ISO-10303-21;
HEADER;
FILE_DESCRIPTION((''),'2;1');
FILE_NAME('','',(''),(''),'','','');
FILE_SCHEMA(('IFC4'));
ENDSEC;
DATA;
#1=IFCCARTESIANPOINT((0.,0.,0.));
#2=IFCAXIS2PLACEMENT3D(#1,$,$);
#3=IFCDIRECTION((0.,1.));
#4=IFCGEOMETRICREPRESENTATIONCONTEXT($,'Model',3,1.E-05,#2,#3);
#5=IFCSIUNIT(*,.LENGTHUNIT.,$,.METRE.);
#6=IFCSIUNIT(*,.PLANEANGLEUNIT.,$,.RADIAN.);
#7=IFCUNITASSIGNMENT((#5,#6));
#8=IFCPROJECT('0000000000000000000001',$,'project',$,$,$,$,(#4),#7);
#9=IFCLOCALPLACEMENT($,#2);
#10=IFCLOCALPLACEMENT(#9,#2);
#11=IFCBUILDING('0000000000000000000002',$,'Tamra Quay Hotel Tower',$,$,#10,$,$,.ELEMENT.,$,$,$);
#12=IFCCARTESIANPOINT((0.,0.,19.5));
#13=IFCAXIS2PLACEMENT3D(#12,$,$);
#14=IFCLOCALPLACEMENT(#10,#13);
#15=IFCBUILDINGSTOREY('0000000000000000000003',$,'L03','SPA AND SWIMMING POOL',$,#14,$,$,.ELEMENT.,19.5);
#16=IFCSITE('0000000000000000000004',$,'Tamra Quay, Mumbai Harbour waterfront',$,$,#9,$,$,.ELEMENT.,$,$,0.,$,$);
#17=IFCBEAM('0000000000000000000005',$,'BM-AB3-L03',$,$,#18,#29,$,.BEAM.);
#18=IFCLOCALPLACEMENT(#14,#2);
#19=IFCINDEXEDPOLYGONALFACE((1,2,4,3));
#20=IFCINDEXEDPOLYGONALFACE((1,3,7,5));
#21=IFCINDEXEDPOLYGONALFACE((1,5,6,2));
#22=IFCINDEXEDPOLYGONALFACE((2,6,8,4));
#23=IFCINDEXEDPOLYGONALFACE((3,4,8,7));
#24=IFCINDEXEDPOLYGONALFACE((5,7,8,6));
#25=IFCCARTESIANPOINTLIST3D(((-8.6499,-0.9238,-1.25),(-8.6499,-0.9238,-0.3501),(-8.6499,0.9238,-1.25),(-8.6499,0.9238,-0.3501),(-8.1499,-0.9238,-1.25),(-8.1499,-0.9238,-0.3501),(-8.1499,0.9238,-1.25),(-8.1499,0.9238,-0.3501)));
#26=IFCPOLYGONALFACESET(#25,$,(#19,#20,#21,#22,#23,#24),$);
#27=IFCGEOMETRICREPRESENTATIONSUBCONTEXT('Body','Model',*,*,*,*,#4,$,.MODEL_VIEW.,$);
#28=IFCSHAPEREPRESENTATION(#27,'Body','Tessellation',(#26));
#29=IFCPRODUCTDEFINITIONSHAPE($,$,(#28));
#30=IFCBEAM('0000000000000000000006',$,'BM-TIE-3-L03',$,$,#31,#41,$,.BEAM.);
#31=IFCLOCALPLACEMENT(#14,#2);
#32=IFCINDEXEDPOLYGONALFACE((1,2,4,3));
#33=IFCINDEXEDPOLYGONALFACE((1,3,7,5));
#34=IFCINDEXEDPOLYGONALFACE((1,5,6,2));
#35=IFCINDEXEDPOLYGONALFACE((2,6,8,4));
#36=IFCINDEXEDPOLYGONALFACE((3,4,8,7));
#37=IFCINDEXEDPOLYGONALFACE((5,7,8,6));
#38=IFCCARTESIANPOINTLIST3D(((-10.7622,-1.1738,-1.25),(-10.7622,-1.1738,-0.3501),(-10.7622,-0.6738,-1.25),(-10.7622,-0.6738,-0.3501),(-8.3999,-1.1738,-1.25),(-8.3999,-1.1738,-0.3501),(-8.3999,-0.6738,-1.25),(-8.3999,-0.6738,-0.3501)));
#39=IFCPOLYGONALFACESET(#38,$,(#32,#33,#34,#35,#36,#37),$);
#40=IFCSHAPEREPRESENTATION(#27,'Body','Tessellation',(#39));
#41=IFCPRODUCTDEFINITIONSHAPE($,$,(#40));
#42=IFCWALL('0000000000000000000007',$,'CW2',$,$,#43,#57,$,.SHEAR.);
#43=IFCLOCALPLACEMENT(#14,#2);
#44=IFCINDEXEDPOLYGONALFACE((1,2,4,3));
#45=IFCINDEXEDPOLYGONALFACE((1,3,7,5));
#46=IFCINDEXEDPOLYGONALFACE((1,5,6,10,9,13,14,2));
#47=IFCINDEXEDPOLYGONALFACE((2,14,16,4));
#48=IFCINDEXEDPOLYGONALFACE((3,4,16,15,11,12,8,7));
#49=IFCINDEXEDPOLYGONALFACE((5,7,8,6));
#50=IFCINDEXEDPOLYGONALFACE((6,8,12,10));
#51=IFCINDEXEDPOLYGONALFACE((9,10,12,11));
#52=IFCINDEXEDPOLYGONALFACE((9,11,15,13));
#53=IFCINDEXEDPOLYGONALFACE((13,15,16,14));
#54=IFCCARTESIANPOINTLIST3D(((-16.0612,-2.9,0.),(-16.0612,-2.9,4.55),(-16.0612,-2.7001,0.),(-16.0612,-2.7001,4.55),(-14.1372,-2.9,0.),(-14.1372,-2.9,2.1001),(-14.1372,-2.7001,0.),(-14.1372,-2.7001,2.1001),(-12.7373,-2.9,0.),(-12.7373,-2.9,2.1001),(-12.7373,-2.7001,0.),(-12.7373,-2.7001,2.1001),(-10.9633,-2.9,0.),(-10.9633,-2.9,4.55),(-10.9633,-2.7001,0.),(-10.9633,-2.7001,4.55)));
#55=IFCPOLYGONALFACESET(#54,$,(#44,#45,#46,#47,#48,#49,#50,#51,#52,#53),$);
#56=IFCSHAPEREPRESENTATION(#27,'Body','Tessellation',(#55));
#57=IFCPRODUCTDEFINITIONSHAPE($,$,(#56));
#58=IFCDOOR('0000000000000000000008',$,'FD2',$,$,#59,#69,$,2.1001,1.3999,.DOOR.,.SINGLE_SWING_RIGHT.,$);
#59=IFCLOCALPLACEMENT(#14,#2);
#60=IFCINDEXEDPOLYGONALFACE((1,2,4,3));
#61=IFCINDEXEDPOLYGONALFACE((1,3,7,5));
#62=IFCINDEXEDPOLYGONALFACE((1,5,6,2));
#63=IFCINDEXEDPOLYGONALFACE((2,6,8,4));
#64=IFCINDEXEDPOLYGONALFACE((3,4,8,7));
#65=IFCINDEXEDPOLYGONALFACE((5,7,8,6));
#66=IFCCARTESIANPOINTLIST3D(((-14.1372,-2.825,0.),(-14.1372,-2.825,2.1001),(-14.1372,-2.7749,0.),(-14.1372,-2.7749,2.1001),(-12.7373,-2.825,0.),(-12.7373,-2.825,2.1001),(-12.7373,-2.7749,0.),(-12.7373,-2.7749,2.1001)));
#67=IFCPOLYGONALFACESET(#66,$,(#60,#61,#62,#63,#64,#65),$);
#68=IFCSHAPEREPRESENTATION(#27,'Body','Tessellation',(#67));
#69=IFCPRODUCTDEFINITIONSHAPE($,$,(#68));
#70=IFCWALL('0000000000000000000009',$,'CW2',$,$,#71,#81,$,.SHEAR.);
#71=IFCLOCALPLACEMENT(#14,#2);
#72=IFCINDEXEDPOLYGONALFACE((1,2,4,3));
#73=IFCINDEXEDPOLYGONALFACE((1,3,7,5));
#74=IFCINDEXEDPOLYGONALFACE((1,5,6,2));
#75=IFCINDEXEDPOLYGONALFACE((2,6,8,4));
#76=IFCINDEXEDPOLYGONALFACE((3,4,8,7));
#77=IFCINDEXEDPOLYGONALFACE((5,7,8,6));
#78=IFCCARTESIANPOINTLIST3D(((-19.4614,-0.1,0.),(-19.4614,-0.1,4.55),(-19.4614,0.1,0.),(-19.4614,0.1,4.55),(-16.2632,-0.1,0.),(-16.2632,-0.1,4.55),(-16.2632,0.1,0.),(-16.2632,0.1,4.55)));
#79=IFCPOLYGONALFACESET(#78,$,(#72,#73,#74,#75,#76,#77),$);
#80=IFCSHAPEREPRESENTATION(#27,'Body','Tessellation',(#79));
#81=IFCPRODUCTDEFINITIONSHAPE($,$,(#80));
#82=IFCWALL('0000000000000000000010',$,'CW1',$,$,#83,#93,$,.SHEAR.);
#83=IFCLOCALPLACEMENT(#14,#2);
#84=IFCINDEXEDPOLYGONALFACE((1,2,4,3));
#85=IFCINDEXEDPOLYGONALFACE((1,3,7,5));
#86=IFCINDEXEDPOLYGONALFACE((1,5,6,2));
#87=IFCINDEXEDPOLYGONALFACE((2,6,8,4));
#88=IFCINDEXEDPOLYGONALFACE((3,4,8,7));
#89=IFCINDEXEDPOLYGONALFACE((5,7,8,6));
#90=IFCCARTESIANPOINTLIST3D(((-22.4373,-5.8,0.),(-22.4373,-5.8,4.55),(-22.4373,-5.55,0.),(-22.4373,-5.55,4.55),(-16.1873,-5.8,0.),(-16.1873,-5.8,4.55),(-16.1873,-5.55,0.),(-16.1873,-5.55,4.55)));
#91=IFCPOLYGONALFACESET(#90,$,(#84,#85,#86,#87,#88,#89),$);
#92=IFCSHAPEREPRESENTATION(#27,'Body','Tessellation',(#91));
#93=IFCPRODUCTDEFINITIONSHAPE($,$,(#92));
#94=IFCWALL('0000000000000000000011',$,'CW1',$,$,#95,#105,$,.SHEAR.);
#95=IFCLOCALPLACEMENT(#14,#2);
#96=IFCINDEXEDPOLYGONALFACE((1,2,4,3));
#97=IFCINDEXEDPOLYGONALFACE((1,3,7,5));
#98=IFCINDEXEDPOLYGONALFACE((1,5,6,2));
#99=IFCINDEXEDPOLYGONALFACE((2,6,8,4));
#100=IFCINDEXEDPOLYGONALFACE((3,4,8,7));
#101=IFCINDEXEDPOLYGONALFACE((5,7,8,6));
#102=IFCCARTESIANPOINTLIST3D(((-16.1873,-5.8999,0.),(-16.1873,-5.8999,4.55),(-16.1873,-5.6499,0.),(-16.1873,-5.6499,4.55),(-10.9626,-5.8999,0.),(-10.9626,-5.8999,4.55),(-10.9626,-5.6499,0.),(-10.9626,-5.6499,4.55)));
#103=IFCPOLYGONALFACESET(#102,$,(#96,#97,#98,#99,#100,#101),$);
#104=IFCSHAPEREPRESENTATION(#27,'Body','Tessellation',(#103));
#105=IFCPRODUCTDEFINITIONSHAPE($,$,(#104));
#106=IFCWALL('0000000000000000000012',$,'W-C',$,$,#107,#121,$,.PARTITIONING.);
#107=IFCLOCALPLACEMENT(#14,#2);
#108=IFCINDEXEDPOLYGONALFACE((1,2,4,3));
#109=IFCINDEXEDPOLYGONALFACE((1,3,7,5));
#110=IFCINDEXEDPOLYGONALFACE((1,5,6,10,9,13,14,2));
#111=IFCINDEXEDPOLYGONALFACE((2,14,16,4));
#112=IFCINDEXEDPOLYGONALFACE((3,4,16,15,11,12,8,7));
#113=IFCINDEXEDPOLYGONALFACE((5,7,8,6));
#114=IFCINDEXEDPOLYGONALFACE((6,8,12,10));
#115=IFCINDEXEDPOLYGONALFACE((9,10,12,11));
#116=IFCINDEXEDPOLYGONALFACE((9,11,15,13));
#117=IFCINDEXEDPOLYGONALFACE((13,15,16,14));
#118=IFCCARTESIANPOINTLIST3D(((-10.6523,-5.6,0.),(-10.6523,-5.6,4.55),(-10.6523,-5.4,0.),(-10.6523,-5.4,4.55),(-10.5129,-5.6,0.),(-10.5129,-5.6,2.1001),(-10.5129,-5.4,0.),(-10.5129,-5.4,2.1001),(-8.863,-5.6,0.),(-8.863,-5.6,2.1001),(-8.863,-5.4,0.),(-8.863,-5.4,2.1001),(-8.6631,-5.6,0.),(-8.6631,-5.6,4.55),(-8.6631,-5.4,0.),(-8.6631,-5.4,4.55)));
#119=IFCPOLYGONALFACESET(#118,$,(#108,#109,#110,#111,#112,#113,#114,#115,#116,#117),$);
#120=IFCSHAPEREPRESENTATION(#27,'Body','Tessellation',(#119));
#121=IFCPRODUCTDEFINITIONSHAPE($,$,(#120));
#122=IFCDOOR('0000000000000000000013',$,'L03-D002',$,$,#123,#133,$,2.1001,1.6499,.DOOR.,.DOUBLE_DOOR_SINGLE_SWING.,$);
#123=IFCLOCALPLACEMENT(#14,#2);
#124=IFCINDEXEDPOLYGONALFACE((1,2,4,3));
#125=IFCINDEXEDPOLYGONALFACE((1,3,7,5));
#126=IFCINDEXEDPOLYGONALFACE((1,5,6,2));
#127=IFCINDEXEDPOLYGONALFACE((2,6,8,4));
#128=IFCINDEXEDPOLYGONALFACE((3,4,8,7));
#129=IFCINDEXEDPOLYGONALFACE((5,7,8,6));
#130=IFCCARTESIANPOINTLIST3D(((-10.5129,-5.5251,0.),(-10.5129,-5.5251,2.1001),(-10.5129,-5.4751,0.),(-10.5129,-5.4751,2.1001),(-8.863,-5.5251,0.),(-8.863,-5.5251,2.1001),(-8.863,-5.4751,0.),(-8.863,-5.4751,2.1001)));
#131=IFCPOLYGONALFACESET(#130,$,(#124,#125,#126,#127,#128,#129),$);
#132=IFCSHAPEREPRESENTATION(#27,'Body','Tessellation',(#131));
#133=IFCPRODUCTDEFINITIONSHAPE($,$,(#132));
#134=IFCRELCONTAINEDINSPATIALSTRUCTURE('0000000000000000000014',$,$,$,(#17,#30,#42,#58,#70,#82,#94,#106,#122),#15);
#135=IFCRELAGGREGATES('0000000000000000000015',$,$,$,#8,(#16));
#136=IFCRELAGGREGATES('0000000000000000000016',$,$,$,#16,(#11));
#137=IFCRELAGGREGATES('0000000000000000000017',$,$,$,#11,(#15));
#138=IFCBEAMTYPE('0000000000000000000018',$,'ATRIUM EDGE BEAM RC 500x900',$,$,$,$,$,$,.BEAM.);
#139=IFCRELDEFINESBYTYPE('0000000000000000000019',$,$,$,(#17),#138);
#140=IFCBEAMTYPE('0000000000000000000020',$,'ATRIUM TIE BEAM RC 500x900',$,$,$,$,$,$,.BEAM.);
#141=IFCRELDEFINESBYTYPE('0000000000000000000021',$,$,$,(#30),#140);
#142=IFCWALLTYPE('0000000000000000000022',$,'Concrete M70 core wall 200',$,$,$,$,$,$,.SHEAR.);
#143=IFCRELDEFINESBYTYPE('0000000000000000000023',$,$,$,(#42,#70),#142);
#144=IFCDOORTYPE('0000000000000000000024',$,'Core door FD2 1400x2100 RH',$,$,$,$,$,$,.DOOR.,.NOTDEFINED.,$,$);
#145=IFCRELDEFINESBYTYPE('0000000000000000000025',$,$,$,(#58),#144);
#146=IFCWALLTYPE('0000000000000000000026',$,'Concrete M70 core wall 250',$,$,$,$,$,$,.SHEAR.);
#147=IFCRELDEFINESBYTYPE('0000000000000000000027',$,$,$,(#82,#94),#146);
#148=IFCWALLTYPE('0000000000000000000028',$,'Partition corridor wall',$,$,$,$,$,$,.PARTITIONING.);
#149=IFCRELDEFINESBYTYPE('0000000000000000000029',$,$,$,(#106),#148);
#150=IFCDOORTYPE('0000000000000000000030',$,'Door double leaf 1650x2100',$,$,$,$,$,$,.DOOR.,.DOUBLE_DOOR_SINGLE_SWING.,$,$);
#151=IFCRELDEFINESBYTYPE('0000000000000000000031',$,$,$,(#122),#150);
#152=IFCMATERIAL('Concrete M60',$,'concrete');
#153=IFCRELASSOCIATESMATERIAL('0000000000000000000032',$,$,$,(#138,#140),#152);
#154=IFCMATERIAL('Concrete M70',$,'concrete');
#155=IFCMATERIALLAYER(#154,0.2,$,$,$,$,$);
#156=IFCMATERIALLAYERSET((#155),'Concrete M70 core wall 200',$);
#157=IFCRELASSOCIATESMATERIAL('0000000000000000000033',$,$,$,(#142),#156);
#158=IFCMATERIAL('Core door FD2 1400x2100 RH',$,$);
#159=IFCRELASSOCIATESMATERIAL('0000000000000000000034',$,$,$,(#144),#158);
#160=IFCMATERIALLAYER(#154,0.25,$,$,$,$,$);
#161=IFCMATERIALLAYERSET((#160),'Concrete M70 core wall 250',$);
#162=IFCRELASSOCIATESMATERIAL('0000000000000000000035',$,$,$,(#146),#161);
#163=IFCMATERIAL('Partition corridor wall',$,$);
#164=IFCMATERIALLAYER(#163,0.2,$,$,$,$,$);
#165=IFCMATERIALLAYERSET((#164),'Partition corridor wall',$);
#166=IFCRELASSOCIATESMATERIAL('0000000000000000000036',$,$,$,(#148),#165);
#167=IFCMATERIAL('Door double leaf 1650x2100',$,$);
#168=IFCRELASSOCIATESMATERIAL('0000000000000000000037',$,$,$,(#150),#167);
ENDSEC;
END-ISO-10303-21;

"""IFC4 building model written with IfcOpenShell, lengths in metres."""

from ifc_helpers import new_model, si_unit, direction, frame, frame_2d, origin, origin_2d, place, context, subcontext, project, spatial, rectangle, extrude, material, layer, layer_set, material_profile, profile_set, type_object, element, fill, save


model = new_model("IFC4")

# Units and contexts
model_context = context("Model", 3, precision=1e-05, world=origin(), true_north=direction((0.0, 1.0)))
body_context = subcontext(model_context, "Body", "Model", "MODEL_VIEW")
ifc_project = project(units=[si_unit("LENGTHUNIT", "METRE"), si_unit("PLANEANGLEUNIT", "RADIAN")], contexts=[model_context])

# Site, building, storey
site_placement = place(None, origin())
site = spatial("IfcSite", under=ifc_project, at=site_placement, Name="Tamra Quay, Mumbai Harbour waterfront", CompositionType="ELEMENT", RefElevation=0.0)
building_placement = place(site_placement, origin())
building = spatial("IfcBuilding", under=site, at=building_placement, Name="Tamra Quay Hotel Tower", CompositionType="ELEMENT")
storey_placement = place(building_placement, frame((0.0, 0.0, 19.5)))
storey = spatial("IfcBuildingStorey", under=building, at=storey_placement, Name="L03", Description="SPA AND SWIMMING POOL", CompositionType="ELEMENT", Elevation=19.5)

# Beams
ifc_material_1 = material(Name="Concrete M60", Category="concrete")
ifc_material_profile_1 = material_profile(ifc_material_1, rectangle(XDim=0.5, YDim=0.8999, at=origin_2d()), Name="ATRIUM EDGE BEAM RC 500x900")
ifc_profile_set_1 = profile_set([ifc_material_profile_1], Name="Concrete M60")
beam_type_1 = type_object("IfcBeamType", Name="ATRIUM EDGE BEAM RC 500x900", PredefinedType="BEAM", material=ifc_profile_set_1)
beam_1_placement = place(storey_placement, frame((-8.3999, -0.9238, -0.8), z_axis=(0.0, 1.0, 0.0), x_axis=(-1.0, 0.0, 0.0)))
element("IfcBeam", 1, at=beam_1_placement, inside=storey, type_object=beam_type_1, Name="BM-AB3-L03", PredefinedType="BEAM", context=body_context, shape_type="SweptSolid", body=[
    extrude(rectangle(XDim=0.5, YDim=0.8999, at=origin_2d()), origin(), (0.0, 0.0, 1.0), 1.8477),
])
ifc_material_profile_2 = material_profile(ifc_material_1, rectangle(XDim=0.5, YDim=0.8999, at=origin_2d()), Name="ATRIUM TIE BEAM RC 500x900")
ifc_profile_set_2 = profile_set([ifc_material_profile_2], Name="Concrete M60")
beam_type_2 = type_object("IfcBeamType", Name="ATRIUM TIE BEAM RC 500x900", PredefinedType="BEAM", material=ifc_profile_set_2)
beam_2_placement = place(storey_placement, frame((-8.3999, -0.9238, -0.8), z_axis=(-1.0, 0.0, 0.0), x_axis=(0.0, -1.0, 0.0)))
element("IfcBeam", 2, at=beam_2_placement, inside=storey, type_object=beam_type_2, Name="BM-TIE-3-L03", PredefinedType="BEAM", context=body_context, shape_type="SweptSolid", body=[
    extrude(rectangle(XDim=0.5, YDim=0.8999, at=origin_2d()), origin(), (0.0, 0.0, 1.0), 2.3623),
])

# Wall, opening, door
ifc_material_2 = material(Name="Concrete M70", Category="concrete")
ifc_layer_1 = layer(ifc_material_2, 0.2)
ifc_layer_set_1 = layer_set([ifc_layer_1], Name="Concrete M70 core wall 200")
wall_type_1 = type_object("IfcWallType", Name="Concrete M70 core wall 200", PredefinedType="SHEAR", material=ifc_layer_set_1)
wall_1_placement = place(storey_placement, frame((-10.9634, -2.8, 0.0), z_axis=(0.0, 0.0, 1.0), x_axis=(-1.0, 0.0, 0.0)))
wall_1 = element("IfcWall", 3, at=wall_1_placement, inside=storey, type_object=wall_type_1, Name="CW2", PredefinedType="SHEAR", context=body_context, shape_type="SweptSolid", body=[
    extrude(rectangle(XDim=5.0979, YDim=0.2, at=frame_2d((2.5488, 0.0))), origin(), (0.0, 0.0, 1.0), 4.55),
])
opening_1_placement = place(wall_1_placement, frame((1.7739, 0.0, 0.0)))
opening_1 = element("IfcOpeningElement", 4, at=opening_1_placement, cuts=wall_1, PredefinedType="OPENING", context=body_context, shape_type="SweptSolid", body=[
    extrude(rectangle(XDim=1.3999, YDim=2.1001, at=frame_2d((0.7, 1.05))), frame((0.0, 0.1099, 0.0), z_axis=(0.0, -1.0, 0.0), x_axis=(1.0, 0.0, 0.0)), (0.0, 0.0, 1.0), 0.22),
])
ifc_material_3 = material(Name="Core door FD2 1400x2100 RH")
door_type_1 = type_object("IfcDoorType", Name="Core door FD2 1400x2100 RH", OperationType="NOTDEFINED", PredefinedType="DOOR", material=ifc_material_3)
door_1_placement = place(opening_1_placement, origin())
door_1 = element("IfcDoor", 5, at=door_1_placement, inside=storey, type_object=door_type_1, Name="FD2", OperationType="SINGLE_SWING_RIGHT", OverallHeight=2.1001, OverallWidth=1.3999, PredefinedType="DOOR", context=body_context, shape_type="SweptSolid", body=[
    extrude(rectangle(XDim=1.3999, YDim=2.1001, at=frame_2d((0.7, 1.05))), frame((0.0, 0.0249, 0.0), z_axis=(0.0, -1.0, 0.0), x_axis=(1.0, 0.0, 0.0)), (0.0, 0.0, 1.0), 0.05),
])
fill(opening_1, door_1)

# Walls
wall_2_placement = place(storey_placement, frame((-16.2632, 0.0, 0.0), z_axis=(0.0, 0.0, 1.0), x_axis=(-1.0, 0.0, 0.0)))
element("IfcWall", 6, at=wall_2_placement, inside=storey, type_object=wall_type_1, Name="CW2", PredefinedType="SHEAR", context=body_context, shape_type="SweptSolid", body=[
    extrude(rectangle(XDim=3.1982, YDim=0.2, at=frame_2d((1.5991, 0.0))), origin(), (0.0, 0.0, 1.0), 4.55),
])
ifc_layer_2 = layer(ifc_material_2, 0.25)
ifc_layer_set_2 = layer_set([ifc_layer_2], Name="Concrete M70 core wall 250")
wall_type_2 = type_object("IfcWallType", Name="Concrete M70 core wall 250", PredefinedType="SHEAR", material=ifc_layer_set_2)
wall_3_placement = place(storey_placement, frame((-16.1873, -5.675, 0.0), z_axis=(0.0, 0.0, 1.0), x_axis=(-1.0, 0.0, 0.0)))
element("IfcWall", 7, at=wall_3_placement, inside=storey, type_object=wall_type_2, Name="CW1", PredefinedType="SHEAR", context=body_context, shape_type="SweptSolid", body=[
    extrude(rectangle(XDim=6.25, YDim=0.25, at=frame_2d((3.125, 0.0))), origin(), (0.0, 0.0, 1.0), 4.55),
])
wall_4_placement = place(storey_placement, frame((-10.9626, -5.7749, 0.0), z_axis=(0.0, 0.0, 1.0), x_axis=(-1.0, 0.0, 0.0)))
element("IfcWall", 8, at=wall_4_placement, inside=storey, type_object=wall_type_2, Name="CW1", PredefinedType="SHEAR", context=body_context, shape_type="SweptSolid", body=[
    extrude(rectangle(XDim=5.2246, YDim=0.25, at=frame_2d((2.6123, 0.0))), origin(), (0.0, 0.0, 1.0), 4.55),
])

# Wall, opening, door
ifc_material_4 = material(Name="Partition corridor wall")
ifc_layer_3 = layer(ifc_material_4, 0.2)
ifc_layer_set_3 = layer_set([ifc_layer_3], Name="Partition corridor wall")
wall_type_3 = type_object("IfcWallType", Name="Partition corridor wall", PredefinedType="PARTITIONING", material=ifc_layer_set_3)
wall_5_placement = place(storey_placement, frame((-10.6523, -5.5, 0.0), z_axis=(0.0, 0.0, 1.0), x_axis=(1.0, 0.0, 0.0)))
wall_5 = element("IfcWall", 9, at=wall_5_placement, inside=storey, type_object=wall_type_3, Name="W-C", PredefinedType="PARTITIONING", context=body_context, shape_type="SweptSolid", body=[
    extrude(rectangle(XDim=1.9893, YDim=0.2, at=frame_2d((0.9946, 0.0))), origin(), (0.0, 0.0, 1.0), 4.55),
])
opening_2_placement = place(wall_5_placement, frame((0.1394, 0.0, 0.0)))
opening_2 = element("IfcOpeningElement", 10, at=opening_2_placement, cuts=wall_5, PredefinedType="OPENING", context=body_context, shape_type="SweptSolid", body=[
    extrude(rectangle(XDim=1.6499, YDim=2.1001, at=frame_2d((0.825, 1.05))), frame((0.0, 0.1099, 0.0), z_axis=(0.0, -1.0, 0.0), x_axis=(1.0, 0.0, 0.0)), (0.0, 0.0, 1.0), 0.22),
])
ifc_material_5 = material(Name="Door double leaf 1650x2100")
door_type_2 = type_object("IfcDoorType", Name="Door double leaf 1650x2100", OperationType="DOUBLE_DOOR_SINGLE_SWING", PredefinedType="DOOR", material=ifc_material_5)
door_2_placement = place(opening_2_placement, origin())
door_2 = element("IfcDoor", 11, at=door_2_placement, inside=storey, type_object=door_type_2, Name="L03-D002", OperationType="DOUBLE_DOOR_SINGLE_SWING", OverallHeight=2.1001, OverallWidth=1.6499, PredefinedType="DOOR", context=body_context, shape_type="SweptSolid", body=[
    extrude(rectangle(XDim=1.6499, YDim=2.1001, at=frame_2d((0.825, 1.05))), frame((0.0, 0.0249, 0.0), z_axis=(0.0, -1.0, 0.0), x_axis=(1.0, 0.0, 0.0)), (0.0, 0.0, 1.0), 0.05),
])
fill(opening_2, door_2)

save(model, "model.ifc")
